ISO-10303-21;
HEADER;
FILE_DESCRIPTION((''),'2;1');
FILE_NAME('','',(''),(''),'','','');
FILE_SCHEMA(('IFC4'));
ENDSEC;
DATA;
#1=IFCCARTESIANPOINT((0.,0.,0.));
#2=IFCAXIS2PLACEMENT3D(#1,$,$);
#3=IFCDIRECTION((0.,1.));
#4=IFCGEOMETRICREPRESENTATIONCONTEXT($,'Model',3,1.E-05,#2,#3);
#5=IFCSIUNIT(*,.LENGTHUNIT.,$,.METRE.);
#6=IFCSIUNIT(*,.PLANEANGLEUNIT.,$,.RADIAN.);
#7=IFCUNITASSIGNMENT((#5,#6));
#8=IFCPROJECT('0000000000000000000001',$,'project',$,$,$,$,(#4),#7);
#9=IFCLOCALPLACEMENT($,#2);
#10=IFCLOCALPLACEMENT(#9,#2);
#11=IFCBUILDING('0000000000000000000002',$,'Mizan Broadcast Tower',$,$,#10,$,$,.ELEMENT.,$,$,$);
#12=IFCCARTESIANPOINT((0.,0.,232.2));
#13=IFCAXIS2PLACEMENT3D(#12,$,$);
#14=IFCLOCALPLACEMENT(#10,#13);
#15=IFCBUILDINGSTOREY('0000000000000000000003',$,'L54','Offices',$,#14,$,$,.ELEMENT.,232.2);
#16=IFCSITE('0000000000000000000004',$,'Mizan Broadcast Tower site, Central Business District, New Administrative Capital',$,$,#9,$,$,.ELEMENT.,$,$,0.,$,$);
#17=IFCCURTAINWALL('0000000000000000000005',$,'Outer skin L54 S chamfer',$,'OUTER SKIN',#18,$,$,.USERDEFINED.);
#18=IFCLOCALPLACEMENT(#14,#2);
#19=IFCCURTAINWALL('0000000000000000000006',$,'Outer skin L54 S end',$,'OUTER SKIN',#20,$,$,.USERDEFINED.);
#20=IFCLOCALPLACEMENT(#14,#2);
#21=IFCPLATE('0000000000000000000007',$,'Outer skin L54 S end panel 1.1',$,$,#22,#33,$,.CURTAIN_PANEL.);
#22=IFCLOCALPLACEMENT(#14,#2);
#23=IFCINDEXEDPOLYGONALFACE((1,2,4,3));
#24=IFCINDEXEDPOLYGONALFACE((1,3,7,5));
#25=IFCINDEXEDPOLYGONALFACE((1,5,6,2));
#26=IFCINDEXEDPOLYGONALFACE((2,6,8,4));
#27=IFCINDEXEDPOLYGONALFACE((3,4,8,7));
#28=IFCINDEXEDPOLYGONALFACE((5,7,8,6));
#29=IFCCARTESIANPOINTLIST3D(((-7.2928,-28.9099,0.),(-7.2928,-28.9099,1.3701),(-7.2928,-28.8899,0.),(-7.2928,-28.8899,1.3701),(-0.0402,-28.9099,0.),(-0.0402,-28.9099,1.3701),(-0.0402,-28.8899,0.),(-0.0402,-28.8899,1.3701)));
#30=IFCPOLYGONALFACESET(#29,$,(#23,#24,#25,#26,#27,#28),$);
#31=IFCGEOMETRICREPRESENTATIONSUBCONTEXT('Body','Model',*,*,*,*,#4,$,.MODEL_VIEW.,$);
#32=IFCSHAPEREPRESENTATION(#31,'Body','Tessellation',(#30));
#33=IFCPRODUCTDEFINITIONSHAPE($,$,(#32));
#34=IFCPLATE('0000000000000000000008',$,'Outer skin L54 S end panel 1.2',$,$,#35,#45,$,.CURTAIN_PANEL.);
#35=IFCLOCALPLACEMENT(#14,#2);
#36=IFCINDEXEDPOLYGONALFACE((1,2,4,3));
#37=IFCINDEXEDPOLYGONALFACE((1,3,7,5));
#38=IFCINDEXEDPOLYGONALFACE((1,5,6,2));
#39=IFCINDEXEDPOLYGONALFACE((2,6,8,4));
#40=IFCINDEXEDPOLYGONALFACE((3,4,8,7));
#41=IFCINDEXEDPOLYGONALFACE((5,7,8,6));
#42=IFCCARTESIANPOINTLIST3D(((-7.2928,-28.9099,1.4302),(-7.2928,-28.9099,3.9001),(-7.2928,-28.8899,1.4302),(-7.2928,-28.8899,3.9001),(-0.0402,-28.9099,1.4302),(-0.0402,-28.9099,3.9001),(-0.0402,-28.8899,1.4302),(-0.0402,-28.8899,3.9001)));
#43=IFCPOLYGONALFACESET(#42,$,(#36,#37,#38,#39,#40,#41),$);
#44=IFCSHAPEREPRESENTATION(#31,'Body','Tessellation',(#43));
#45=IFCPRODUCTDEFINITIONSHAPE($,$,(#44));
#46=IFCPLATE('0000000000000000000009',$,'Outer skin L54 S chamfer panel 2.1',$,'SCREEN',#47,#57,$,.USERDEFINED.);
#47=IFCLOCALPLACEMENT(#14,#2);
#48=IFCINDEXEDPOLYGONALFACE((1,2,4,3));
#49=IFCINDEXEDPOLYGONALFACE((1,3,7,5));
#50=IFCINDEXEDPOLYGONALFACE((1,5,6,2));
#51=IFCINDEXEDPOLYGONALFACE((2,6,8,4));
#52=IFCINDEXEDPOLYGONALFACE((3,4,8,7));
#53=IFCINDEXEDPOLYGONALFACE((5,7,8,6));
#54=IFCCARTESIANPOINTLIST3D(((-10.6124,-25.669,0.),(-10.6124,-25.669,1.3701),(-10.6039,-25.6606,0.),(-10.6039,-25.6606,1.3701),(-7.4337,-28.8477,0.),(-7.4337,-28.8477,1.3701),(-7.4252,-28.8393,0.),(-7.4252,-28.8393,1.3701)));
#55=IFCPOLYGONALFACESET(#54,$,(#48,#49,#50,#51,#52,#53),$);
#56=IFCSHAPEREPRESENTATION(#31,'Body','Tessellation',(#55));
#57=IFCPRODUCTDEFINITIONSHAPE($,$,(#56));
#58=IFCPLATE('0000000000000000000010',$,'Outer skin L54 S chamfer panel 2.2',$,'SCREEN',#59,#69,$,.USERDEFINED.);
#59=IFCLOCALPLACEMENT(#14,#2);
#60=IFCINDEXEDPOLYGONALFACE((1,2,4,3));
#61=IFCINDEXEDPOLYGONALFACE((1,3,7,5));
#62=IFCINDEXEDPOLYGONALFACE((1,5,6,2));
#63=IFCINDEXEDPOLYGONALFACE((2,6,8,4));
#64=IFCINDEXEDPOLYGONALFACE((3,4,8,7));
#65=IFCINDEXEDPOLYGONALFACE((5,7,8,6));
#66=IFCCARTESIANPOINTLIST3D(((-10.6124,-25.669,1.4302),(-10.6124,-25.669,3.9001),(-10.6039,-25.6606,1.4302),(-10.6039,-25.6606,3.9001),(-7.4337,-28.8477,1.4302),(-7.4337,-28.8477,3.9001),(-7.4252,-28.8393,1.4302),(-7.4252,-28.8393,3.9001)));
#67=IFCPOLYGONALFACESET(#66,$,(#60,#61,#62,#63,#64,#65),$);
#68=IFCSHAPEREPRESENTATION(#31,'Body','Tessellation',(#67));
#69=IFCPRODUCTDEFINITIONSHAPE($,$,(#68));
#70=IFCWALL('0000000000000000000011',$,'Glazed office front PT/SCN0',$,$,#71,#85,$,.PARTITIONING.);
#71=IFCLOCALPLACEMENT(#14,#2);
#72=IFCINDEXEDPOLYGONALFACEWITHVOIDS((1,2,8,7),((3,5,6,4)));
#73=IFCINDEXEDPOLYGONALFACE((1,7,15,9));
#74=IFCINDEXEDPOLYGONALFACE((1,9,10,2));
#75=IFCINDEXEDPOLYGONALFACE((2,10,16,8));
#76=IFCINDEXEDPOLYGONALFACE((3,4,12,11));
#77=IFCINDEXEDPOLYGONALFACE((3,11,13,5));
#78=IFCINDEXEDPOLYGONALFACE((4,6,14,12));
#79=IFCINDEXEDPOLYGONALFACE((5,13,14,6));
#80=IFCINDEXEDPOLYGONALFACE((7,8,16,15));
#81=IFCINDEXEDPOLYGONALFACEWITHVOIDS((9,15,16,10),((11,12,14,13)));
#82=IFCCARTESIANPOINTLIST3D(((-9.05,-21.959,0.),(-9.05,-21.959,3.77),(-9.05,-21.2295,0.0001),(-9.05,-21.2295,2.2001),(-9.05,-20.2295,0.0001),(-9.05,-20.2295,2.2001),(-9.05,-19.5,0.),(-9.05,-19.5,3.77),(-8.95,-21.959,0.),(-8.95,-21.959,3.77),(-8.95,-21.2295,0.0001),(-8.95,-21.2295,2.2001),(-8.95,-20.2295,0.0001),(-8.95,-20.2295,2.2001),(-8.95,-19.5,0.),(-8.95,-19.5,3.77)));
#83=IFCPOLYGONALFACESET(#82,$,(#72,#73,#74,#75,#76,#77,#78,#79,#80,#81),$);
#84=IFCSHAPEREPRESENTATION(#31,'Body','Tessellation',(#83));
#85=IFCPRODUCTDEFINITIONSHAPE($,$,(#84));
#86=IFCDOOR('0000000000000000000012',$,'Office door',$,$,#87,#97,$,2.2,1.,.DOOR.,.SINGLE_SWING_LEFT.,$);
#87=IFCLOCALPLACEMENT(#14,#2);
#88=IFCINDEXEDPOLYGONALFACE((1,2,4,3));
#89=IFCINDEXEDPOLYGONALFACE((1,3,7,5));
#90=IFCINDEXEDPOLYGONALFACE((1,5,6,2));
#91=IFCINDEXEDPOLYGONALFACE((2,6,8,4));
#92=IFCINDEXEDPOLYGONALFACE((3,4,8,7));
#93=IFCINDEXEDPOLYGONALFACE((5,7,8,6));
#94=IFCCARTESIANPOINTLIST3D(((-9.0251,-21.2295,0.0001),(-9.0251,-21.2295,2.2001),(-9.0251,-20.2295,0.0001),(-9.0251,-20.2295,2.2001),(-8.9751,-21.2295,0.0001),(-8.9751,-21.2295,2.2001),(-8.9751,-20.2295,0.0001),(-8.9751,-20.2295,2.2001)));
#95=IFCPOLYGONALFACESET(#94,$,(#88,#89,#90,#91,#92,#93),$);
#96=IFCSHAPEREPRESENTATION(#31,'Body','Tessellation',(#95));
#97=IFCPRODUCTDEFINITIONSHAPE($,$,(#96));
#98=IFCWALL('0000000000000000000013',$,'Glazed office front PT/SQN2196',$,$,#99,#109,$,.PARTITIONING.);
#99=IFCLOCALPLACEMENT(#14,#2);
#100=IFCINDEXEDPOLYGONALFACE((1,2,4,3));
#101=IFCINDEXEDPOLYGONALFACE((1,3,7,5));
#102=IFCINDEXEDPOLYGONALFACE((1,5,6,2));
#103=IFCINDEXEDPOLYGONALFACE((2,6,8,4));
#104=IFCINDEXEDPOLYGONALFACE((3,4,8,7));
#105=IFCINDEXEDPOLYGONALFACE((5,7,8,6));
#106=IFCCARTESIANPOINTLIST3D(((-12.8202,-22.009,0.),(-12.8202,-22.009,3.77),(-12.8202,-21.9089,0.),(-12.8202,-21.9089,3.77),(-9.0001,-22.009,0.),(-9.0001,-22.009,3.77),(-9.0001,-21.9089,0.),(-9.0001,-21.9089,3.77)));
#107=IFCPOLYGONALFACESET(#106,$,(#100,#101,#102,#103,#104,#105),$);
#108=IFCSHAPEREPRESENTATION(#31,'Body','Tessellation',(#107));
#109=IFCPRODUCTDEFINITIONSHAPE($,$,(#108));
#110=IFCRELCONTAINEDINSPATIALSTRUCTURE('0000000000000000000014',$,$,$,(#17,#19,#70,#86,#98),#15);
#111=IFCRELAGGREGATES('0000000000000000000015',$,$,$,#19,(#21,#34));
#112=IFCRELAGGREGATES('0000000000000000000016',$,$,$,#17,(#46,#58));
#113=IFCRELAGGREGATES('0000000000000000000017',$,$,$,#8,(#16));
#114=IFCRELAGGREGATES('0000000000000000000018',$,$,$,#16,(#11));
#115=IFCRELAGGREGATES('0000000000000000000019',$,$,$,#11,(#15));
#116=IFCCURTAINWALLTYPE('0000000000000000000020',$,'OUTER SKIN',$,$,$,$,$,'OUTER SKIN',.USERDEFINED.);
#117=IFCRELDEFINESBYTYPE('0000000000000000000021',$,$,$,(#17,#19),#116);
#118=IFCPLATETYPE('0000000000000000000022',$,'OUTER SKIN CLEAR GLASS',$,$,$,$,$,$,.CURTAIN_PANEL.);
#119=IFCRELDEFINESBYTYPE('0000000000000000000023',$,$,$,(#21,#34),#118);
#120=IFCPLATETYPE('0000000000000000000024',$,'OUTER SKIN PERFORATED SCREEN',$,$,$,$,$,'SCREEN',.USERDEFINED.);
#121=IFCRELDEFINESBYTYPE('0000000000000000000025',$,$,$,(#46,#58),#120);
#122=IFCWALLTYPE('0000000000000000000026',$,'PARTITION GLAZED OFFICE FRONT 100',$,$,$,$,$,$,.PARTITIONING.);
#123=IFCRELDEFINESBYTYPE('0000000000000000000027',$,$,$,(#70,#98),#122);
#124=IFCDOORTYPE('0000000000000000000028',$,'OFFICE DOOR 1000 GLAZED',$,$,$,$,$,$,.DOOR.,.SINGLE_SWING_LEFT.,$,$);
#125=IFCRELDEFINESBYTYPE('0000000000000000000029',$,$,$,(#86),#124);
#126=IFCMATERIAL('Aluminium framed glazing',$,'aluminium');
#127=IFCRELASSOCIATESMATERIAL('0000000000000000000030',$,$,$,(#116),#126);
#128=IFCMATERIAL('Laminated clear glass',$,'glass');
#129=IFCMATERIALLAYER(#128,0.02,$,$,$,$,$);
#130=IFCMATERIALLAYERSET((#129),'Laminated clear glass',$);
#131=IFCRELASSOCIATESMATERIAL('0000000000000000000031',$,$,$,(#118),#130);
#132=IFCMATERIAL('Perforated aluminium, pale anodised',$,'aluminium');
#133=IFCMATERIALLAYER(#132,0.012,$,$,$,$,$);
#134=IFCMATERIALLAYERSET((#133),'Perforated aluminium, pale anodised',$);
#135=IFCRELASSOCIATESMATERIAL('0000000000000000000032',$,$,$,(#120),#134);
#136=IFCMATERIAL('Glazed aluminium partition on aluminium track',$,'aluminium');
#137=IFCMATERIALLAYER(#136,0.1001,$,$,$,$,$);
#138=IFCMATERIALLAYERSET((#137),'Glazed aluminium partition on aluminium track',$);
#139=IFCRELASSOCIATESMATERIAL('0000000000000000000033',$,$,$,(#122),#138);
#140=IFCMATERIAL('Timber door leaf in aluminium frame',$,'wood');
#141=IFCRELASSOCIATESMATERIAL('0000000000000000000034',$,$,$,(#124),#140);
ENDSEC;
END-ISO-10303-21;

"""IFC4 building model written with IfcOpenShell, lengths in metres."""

from ifc_helpers import new_model, si_unit, direction, frame, frame_2d, origin, origin_2d, place, context, subcontext, project, spatial, rectangle, extrude, material, layer, layer_set, type_object, element, fill, aggregate, save


model = new_model("IFC4")

# Units and contexts
model_context = context("Model", 3, precision=1e-05, world=origin(), true_north=direction((0.0, 1.0)))
body_context = subcontext(model_context, "Body", "Model", "MODEL_VIEW")
ifc_project = project(units=[si_unit("LENGTHUNIT", "METRE"), si_unit("PLANEANGLEUNIT", "RADIAN")], contexts=[model_context])

# Site, building, storey
site_placement = place(None, origin())
site = spatial("IfcSite", under=ifc_project, at=site_placement, Name="Mizan Broadcast Tower site, Central Business District, New Administrative Capital", CompositionType="ELEMENT", RefElevation=0.0)
building_placement = place(site_placement, origin())
building = spatial("IfcBuilding", under=site, at=building_placement, Name="Mizan Broadcast Tower", CompositionType="ELEMENT")
storey_placement = place(building_placement, frame((0.0, 0.0, 232.2)))
storey = spatial("IfcBuildingStorey", under=building, at=storey_placement, Name="L54", Description="Offices", CompositionType="ELEMENT", Elevation=232.2)

# Curtain wall
ifc_material_1 = material(Name="Aluminium framed glazing", Category="aluminium")
curtain_wall_type_1 = type_object("IfcCurtainWallType", Name="OUTER SKIN", ElementType="OUTER SKIN", PredefinedType="USERDEFINED", material=ifc_material_1)
curtain_wall_1_placement = place(storey_placement, origin())
curtain_wall_1 = element("IfcCurtainWall", 1, at=curtain_wall_1_placement, inside=storey, type_object=curtain_wall_type_1, Name="Outer skin L54 S chamfer", ObjectType="OUTER SKIN", PredefinedType="USERDEFINED")

# Curtain wall
curtain_wall_2_placement = place(storey_placement, origin())
curtain_wall_2 = element("IfcCurtainWall", 2, at=curtain_wall_2_placement, inside=storey, type_object=curtain_wall_type_1, Name="Outer skin L54 S end", ObjectType="OUTER SKIN", PredefinedType="USERDEFINED")

# Plates
ifc_material_2 = material(Name="Laminated clear glass", Category="glass")
ifc_layer_1 = layer(ifc_material_2, 0.02)
ifc_layer_set_1 = layer_set([ifc_layer_1], Name="Laminated clear glass")
plate_type_1 = type_object("IfcPlateType", Name="OUTER SKIN CLEAR GLASS", PredefinedType="CURTAIN_PANEL", material=ifc_layer_set_1)
plate_1_placement = place(storey_placement, frame((-3.6665, -28.8999, 0.0), z_axis=(0.0, 0.0, 1.0), x_axis=(1.0, 0.0, 0.0)))
plate_1 = element("IfcPlate", 3, at=plate_1_placement, type_object=plate_type_1, Name="Outer skin L54 S end panel 1.1", PredefinedType="CURTAIN_PANEL", context=body_context, shape_type="SweptSolid", body=[
    extrude(rectangle(XDim=7.2527, YDim=0.02, at=origin_2d()), origin(), (0.0, 0.0, 1.0), 1.3701),
])
plate_2_placement = place(storey_placement, frame((-3.6665, -28.8999, 1.4302), z_axis=(0.0, 0.0, 1.0), x_axis=(1.0, 0.0, 0.0)))
plate_2 = element("IfcPlate", 4, at=plate_2_placement, type_object=plate_type_1, Name="Outer skin L54 S end panel 1.2", PredefinedType="CURTAIN_PANEL", context=body_context, shape_type="SweptSolid", body=[
    extrude(rectangle(XDim=7.2527, YDim=0.02, at=origin_2d()), origin(), (0.0, 0.0, 1.0), 2.47),
])
aggregate(curtain_wall_2, [plate_1, plate_2])
ifc_material_3 = material(Name="Perforated aluminium, pale anodised", Category="aluminium")
ifc_layer_2 = layer(ifc_material_3, 0.012)
ifc_layer_set_2 = layer_set([ifc_layer_2], Name="Perforated aluminium, pale anodised")
plate_type_2 = type_object("IfcPlateType", Name="OUTER SKIN PERFORATED SCREEN", ElementType="SCREEN", PredefinedType="USERDEFINED", material=ifc_layer_set_2)
plate_3_placement = place(storey_placement, frame((-9.0188, -27.2542, 0.0), z_axis=(0.0, 0.0, 1.0), x_axis=(0.707107, -0.707107, 0.0)))
plate_3 = element("IfcPlate", 5, at=plate_3_placement, type_object=plate_type_2, Name="Outer skin L54 S chamfer panel 2.1", ObjectType="SCREEN", PredefinedType="USERDEFINED", context=body_context, shape_type="SweptSolid", body=[
    extrude(rectangle(XDim=4.4954, YDim=0.012, at=origin_2d()), origin(), (0.0, 0.0, 1.0), 1.3701),
])
plate_4_placement = place(storey_placement, frame((-9.0188, -27.2542, 1.4302), z_axis=(0.0, 0.0, 1.0), x_axis=(0.707107, -0.707107, 0.0)))
plate_4 = element("IfcPlate", 6, at=plate_4_placement, type_object=plate_type_2, Name="Outer skin L54 S chamfer panel 2.2", ObjectType="SCREEN", PredefinedType="USERDEFINED", context=body_context, shape_type="SweptSolid", body=[
    extrude(rectangle(XDim=4.4954, YDim=0.012, at=origin_2d()), origin(), (0.0, 0.0, 1.0), 2.47),
])
aggregate(curtain_wall_1, [plate_3, plate_4])

# Wall, opening, door
ifc_material_4 = material(Name="Glazed aluminium partition on aluminium track", Category="aluminium")
ifc_layer_3 = layer(ifc_material_4, 0.1001)
ifc_layer_set_3 = layer_set([ifc_layer_3], Name="Glazed aluminium partition on aluminium track")
wall_type = type_object("IfcWallType", Name="PARTITION GLAZED OFFICE FRONT 100", PredefinedType="PARTITIONING", material=ifc_layer_set_3)
wall_1_placement = place(storey_placement, frame((-9.0, -19.5, 0.0), z_axis=(0.0, 0.0, 1.0), x_axis=(0.0, -1.0, 0.0)))
wall_1 = element("IfcWall", 7, at=wall_1_placement, inside=storey, type_object=wall_type, Name="Glazed office front PT/SCN0", PredefinedType="PARTITIONING", context=body_context, shape_type="SweptSolid", body=[
    extrude(rectangle(XDim=2.459, YDim=0.1001, at=frame_2d((1.2295, 0.0))), origin(), (0.0, 0.0, 1.0), 3.77),
])
opening_placement = place(wall_1_placement, frame((0.7295, 0.0, 0.0)))
opening = element("IfcOpeningElement", 8, at=opening_placement, cuts=wall_1, PredefinedType="OPENING", context=body_context, shape_type="SweptSolid", body=[
    extrude(rectangle(XDim=1.0, YDim=2.2, at=frame_2d((0.5, 1.1001))), frame((0.0, 0.0601, 0.0), z_axis=(0.0, -1.0, 0.0), x_axis=(1.0, 0.0, 0.0)), (0.0, 0.0, 1.0), 0.1201),
])
ifc_material_5 = material(Name="Timber door leaf in aluminium frame", Category="wood")
door_type = type_object("IfcDoorType", Name="OFFICE DOOR 1000 GLAZED", OperationType="SINGLE_SWING_LEFT", PredefinedType="DOOR", material=ifc_material_5)
door_placement = place(opening_placement, origin())
door = element("IfcDoor", 9, at=door_placement, inside=storey, type_object=door_type, Name="Office door", OperationType="SINGLE_SWING_LEFT", OverallHeight=2.2, OverallWidth=1.0, PredefinedType="DOOR", context=body_context, shape_type="SweptSolid", body=[
    extrude(rectangle(XDim=1.0, YDim=2.2, at=frame_2d((0.5, 1.1001))), frame((0.0, 0.0249, 0.0), z_axis=(0.0, -1.0, 0.0), x_axis=(1.0, 0.0, 0.0)), (0.0, 0.0, 1.0), 0.05),
])
fill(opening, door)

# Wall
wall_2_placement = place(storey_placement, frame((-9.0, -21.959, 0.0), z_axis=(0.0, 0.0, 1.0), x_axis=(-1.0, 0.0, 0.0)))
element("IfcWall", 10, at=wall_2_placement, inside=storey, type_object=wall_type, Name="Glazed office front PT/SQN2196", PredefinedType="PARTITIONING", context=body_context, shape_type="SweptSolid", body=[
    extrude(rectangle(XDim=3.8201, YDim=0.1001, at=frame_2d((1.9102, 0.0))), origin(), (0.0, 0.0, 1.0), 3.77),
])

save(model, "model.ifc")
